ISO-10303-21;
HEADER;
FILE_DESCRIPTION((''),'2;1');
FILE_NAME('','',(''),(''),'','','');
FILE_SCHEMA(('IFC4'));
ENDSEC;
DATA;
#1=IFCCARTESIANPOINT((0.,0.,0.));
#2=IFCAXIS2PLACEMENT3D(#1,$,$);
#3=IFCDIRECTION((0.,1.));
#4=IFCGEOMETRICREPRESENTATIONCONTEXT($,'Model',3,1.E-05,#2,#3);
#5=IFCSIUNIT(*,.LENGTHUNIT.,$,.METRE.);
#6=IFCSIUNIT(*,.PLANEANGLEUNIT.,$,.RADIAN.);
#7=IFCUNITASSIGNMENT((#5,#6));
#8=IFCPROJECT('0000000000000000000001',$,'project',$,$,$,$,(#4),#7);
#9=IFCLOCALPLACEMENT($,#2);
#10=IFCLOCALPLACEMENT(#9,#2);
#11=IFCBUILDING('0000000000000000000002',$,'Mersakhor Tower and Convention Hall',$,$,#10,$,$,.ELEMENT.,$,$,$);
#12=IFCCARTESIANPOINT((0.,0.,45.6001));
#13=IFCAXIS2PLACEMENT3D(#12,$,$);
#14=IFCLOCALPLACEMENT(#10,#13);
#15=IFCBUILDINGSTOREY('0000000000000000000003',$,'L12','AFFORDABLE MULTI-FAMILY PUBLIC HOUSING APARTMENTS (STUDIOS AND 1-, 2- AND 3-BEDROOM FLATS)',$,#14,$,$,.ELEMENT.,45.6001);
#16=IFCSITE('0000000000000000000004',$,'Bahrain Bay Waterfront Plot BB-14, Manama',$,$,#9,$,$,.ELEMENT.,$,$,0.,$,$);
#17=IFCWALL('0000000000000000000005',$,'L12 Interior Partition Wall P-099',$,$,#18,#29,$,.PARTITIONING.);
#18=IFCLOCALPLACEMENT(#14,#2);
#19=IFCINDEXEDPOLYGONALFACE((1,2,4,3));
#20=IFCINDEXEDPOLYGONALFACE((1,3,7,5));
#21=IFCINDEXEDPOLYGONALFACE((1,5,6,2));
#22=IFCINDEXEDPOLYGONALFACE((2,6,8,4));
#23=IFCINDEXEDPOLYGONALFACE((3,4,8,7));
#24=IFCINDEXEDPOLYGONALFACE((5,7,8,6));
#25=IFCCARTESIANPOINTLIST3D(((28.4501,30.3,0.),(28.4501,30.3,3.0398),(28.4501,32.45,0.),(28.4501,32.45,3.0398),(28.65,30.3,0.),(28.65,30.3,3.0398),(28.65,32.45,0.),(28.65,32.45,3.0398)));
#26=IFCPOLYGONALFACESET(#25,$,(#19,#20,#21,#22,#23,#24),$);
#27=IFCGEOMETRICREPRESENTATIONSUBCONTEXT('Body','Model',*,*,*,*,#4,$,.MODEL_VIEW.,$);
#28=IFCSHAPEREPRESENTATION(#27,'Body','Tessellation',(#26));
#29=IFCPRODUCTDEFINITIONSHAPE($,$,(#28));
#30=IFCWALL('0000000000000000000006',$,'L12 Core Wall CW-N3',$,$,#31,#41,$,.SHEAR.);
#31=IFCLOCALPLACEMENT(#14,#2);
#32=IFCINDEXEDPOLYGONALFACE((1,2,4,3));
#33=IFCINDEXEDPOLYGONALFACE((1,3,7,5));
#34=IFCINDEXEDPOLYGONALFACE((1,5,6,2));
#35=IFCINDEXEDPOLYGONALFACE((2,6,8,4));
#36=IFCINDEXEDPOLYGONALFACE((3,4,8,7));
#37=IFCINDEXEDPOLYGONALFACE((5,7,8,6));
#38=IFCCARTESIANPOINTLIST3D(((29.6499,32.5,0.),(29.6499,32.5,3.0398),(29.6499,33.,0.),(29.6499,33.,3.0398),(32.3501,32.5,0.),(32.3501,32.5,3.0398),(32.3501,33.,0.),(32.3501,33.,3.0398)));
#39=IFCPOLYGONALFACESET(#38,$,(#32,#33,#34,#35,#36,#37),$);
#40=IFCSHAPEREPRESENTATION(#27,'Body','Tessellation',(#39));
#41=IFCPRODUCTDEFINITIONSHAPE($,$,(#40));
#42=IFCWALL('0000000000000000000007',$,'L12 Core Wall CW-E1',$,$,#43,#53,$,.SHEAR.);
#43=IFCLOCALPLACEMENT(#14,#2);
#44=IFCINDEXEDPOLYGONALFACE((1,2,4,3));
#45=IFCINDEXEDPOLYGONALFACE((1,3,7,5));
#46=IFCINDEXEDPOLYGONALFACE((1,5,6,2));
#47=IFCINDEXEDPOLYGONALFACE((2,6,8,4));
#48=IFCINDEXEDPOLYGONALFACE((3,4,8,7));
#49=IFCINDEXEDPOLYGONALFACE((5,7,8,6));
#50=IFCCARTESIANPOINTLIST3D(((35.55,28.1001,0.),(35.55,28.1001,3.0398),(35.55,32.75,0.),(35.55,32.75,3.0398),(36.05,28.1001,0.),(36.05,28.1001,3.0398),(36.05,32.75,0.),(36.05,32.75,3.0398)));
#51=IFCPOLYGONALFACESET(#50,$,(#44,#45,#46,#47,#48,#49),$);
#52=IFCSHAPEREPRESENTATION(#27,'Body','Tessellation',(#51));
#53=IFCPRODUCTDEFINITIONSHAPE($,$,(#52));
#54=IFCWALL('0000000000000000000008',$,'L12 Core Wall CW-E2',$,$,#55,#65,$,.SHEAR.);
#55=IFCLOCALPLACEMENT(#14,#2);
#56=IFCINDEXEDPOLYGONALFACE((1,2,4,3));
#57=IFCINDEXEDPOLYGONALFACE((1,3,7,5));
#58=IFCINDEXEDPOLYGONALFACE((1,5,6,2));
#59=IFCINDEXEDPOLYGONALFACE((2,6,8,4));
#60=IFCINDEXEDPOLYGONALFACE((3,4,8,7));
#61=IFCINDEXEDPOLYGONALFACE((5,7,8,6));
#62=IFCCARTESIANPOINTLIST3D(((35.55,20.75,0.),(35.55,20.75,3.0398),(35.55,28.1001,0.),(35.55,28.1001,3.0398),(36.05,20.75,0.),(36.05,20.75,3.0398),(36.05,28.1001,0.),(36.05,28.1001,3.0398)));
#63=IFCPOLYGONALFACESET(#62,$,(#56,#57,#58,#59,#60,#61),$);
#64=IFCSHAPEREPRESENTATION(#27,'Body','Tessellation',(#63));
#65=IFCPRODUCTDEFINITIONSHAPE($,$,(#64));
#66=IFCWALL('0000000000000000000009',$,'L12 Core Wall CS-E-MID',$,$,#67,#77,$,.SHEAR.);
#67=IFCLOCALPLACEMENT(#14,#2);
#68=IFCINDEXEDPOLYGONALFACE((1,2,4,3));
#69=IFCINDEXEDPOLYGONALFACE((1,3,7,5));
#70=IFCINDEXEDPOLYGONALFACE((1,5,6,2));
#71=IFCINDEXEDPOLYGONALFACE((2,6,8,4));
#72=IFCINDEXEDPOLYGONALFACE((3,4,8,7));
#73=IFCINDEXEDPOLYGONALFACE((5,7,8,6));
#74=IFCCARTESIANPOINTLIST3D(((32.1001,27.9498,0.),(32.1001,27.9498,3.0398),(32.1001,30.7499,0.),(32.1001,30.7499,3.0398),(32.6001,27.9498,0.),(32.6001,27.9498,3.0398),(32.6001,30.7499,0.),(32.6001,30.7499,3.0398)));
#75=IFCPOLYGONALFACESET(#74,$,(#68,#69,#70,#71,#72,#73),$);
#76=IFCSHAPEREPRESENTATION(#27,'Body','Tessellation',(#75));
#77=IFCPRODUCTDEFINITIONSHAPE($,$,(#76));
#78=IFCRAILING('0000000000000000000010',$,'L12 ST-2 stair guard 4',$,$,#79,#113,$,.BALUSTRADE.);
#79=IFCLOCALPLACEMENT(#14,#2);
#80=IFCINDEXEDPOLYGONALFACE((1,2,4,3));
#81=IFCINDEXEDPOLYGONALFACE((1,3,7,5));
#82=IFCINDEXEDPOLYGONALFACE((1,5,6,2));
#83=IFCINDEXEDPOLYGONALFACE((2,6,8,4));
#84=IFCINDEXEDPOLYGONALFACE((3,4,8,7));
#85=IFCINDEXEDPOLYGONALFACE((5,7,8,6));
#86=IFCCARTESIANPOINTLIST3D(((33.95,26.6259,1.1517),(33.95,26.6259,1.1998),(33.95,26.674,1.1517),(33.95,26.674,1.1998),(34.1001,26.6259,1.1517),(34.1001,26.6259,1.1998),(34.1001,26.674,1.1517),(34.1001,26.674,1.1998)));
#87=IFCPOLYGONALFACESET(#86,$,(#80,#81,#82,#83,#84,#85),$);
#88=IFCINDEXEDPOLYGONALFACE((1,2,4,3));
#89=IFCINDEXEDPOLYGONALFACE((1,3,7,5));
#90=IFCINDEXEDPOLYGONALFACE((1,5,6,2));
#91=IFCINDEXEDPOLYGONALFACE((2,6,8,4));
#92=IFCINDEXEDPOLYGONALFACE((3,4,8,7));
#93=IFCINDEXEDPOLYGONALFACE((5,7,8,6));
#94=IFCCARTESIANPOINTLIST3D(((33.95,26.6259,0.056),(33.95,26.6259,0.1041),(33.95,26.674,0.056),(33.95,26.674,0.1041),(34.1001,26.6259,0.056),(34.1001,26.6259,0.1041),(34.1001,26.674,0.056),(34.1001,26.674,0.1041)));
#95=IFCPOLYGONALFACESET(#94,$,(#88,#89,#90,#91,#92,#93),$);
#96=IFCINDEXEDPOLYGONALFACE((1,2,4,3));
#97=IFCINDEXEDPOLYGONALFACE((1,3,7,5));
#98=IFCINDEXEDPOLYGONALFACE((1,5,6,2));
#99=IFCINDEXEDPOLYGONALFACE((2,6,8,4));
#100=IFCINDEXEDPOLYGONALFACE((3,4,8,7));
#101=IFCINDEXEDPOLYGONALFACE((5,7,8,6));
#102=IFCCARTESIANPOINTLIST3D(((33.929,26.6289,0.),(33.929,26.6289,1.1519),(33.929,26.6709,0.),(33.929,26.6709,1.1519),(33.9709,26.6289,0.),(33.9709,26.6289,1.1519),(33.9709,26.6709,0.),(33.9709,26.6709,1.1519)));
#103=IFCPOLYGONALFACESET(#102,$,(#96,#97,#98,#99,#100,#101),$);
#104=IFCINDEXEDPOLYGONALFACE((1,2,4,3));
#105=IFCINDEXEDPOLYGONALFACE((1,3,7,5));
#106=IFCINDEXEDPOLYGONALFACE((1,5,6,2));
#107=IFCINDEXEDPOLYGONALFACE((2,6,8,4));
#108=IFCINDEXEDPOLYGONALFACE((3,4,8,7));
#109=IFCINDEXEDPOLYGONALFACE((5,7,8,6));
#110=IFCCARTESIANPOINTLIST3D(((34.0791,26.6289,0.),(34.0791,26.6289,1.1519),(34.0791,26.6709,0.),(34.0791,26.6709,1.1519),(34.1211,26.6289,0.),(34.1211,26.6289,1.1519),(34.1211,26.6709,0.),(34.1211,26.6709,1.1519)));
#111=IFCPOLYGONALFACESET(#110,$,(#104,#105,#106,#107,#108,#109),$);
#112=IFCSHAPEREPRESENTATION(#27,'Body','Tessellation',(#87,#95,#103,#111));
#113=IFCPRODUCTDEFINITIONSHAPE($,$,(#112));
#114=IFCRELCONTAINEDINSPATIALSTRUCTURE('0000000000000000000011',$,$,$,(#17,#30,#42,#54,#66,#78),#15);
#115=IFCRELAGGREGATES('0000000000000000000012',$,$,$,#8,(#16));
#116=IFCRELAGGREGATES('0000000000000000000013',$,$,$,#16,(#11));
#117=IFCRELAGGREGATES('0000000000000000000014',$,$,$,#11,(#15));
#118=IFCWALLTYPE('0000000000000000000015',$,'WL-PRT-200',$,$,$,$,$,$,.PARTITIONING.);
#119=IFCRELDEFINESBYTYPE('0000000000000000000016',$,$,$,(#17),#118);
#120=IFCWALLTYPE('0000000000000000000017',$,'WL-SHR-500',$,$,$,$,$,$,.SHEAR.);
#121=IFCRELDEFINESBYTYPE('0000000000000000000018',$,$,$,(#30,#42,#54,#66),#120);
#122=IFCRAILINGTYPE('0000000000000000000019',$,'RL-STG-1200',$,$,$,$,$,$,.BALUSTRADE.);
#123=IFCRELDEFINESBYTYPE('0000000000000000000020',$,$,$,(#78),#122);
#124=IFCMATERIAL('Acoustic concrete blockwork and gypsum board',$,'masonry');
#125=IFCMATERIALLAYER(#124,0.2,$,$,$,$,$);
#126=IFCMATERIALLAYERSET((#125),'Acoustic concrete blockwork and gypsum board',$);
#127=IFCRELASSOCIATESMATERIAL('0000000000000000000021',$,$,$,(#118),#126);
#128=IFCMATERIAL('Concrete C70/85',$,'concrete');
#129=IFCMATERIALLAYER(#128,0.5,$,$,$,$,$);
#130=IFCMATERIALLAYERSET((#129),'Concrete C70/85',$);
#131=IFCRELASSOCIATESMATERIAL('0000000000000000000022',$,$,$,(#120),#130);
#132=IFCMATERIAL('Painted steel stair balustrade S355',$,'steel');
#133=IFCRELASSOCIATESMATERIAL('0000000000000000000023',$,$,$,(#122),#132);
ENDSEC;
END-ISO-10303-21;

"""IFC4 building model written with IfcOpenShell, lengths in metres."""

from ifc_helpers import new_model, si_unit, direction, frame, frame_2d, origin, origin_2d, place, context, subcontext, project, spatial, rectangle, extrude, material, layer, layer_set, type_object, element, save


model = new_model("IFC4")

# Units and contexts
model_context = context("Model", 3, precision=1e-05, world=origin(), true_north=direction((0.0, 1.0)))
body_context = subcontext(model_context, "Body", "Model", "MODEL_VIEW")
ifc_project = project(units=[si_unit("LENGTHUNIT", "METRE"), si_unit("PLANEANGLEUNIT", "RADIAN")], contexts=[model_context])

# Site, building, storey
site_placement = place(None, origin())
site = spatial("IfcSite", under=ifc_project, at=site_placement, Name="Bahrain Bay Waterfront Plot BB-14, Manama", CompositionType="ELEMENT", RefElevation=0.0)
building_placement = place(site_placement, origin())
building = spatial("IfcBuilding", under=site, at=building_placement, Name="Mersakhor Tower and Convention Hall", CompositionType="ELEMENT")
storey_placement = place(building_placement, frame((0.0, 0.0, 45.6001)))
storey = spatial("IfcBuildingStorey", under=building, at=storey_placement, Name="L12", Description="AFFORDABLE MULTI-FAMILY PUBLIC HOUSING APARTMENTS (STUDIOS AND 1-, 2- AND 3-BEDROOM FLATS)", CompositionType="ELEMENT", Elevation=45.6001)

# Wall
ifc_material_1 = material(Name="Acoustic concrete blockwork and gypsum board", Category="masonry")
ifc_layer_1 = layer(ifc_material_1, 0.2)
ifc_layer_set_1 = layer_set([ifc_layer_1], Name="Acoustic concrete blockwork and gypsum board")
wall_type_1 = type_object("IfcWallType", Name="WL-PRT-200", PredefinedType="PARTITIONING", material=ifc_layer_set_1)
wall_1_placement = place(storey_placement, frame((28.55, 32.45, 0.0), z_axis=(0.0, 0.0, 1.0), x_axis=(0.0, -1.0, 0.0)))
element("IfcWall", 1, at=wall_1_placement, inside=storey, type_object=wall_type_1, Name="L12 Interior Partition Wall P-099", PredefinedType="PARTITIONING", context=body_context, shape_type="SweptSolid", body=[
    extrude(rectangle(XDim=2.1499, YDim=0.2, at=frame_2d((1.075, 0.0))), origin(), (0.0, 0.0, 1.0), 3.0398),
])

# Wall
ifc_material_2 = material(Name="Concrete C70/85", Category="concrete")
ifc_layer_2 = layer(ifc_material_2, 0.5)
ifc_layer_set_2 = layer_set([ifc_layer_2], Name="Concrete C70/85")
wall_type_2 = type_object("IfcWallType", Name="WL-SHR-500", PredefinedType="SHEAR", material=ifc_layer_set_2)
wall_2_placement = place(storey_placement, frame((29.6499, 32.75, 0.0), z_axis=(0.0, 0.0, 1.0), x_axis=(1.0, 0.0, 0.0)))
element("IfcWall", 2, at=wall_2_placement, inside=storey, type_object=wall_type_2, Name="L12 Core Wall CW-N3", PredefinedType="SHEAR", context=body_context, shape_type="SweptSolid", body=[
    extrude(rectangle(XDim=2.7002, YDim=0.5, at=frame_2d((1.3501, 0.0))), origin(), (0.0, 0.0, 1.0), 3.0398),
])

# Walls
wall_3_placement = place(storey_placement, frame((35.8, 32.75, 0.0), z_axis=(0.0, 0.0, 1.0), x_axis=(0.0, -1.0, 0.0)))
element("IfcWall", 3, at=wall_3_placement, inside=storey, type_object=wall_type_2, Name="L12 Core Wall CW-E1", PredefinedType="SHEAR", context=body_context, shape_type="SweptSolid", body=[
    extrude(rectangle(XDim=4.6499, YDim=0.5, at=frame_2d((2.325, 0.0))), origin(), (0.0, 0.0, 1.0), 3.0398),
])
wall_4_placement = place(storey_placement, frame((35.8, 28.1001, 0.0), z_axis=(0.0, 0.0, 1.0), x_axis=(0.0, -1.0, 0.0)))
element("IfcWall", 4, at=wall_4_placement, inside=storey, type_object=wall_type_2, Name="L12 Core Wall CW-E2", PredefinedType="SHEAR", context=body_context, shape_type="SweptSolid", body=[
    extrude(rectangle(XDim=7.3501, YDim=0.5, at=frame_2d((3.675, 0.0))), origin(), (0.0, 0.0, 1.0), 3.0398),
])
wall_5_placement = place(storey_placement, frame((32.3501, 27.95, 0.0), z_axis=(0.0, 0.0, 1.0), x_axis=(0.0, 1.0, 0.0)))
element("IfcWall", 5, at=wall_5_placement, inside=storey, type_object=wall_type_2, Name="L12 Core Wall CS-E-MID", PredefinedType="SHEAR", context=body_context, shape_type="SweptSolid", body=[
    extrude(rectangle(XDim=2.8, YDim=0.5, at=frame_2d((1.3999, 0.0))), origin(), (0.0, 0.0, 1.0), 3.0398),
])

# Railing
ifc_material_3 = material(Name="Painted steel stair balustrade S355", Category="steel")
railing_type = type_object("IfcRailingType", Name="RL-STG-1200", PredefinedType="BALUSTRADE", material=ifc_material_3)
railing_placement = place(storey_placement, frame((33.95, 26.6499, 0.0)))
element("IfcRailing", 6, at=railing_placement, inside=storey, type_object=railing_type, Name="L12 ST-2 stair guard 4", PredefinedType="BALUSTRADE", context=body_context, shape_type="SweptSolid", body=[
    extrude(rectangle(XDim=0.0481, YDim=0.0481, at=origin_2d()), frame((0.0, 0.0, 1.1758), z_axis=(1.0, 0.0, 0.0), x_axis=(0.0, 1.0, 0.0)), (0.0, 0.0, 1.0), 0.1501),
    extrude(rectangle(XDim=0.0481, YDim=0.0481, at=origin_2d()), frame((0.0, 0.0, 0.0801), z_axis=(1.0, 0.0, 0.0), x_axis=(0.0, 1.0, 0.0)), (0.0, 0.0, 1.0), 0.1501),
    extrude(rectangle(XDim=0.042, YDim=0.042, at=origin_2d()), origin(), (0.0, 0.0, 1.0), 1.1519),
    extrude(rectangle(XDim=0.042, YDim=0.042, at=origin_2d()), frame((0.1501, 0.0, 0.0)), (0.0, 0.0, 1.0), 1.1519),
])

save(model, "model.ifc")
